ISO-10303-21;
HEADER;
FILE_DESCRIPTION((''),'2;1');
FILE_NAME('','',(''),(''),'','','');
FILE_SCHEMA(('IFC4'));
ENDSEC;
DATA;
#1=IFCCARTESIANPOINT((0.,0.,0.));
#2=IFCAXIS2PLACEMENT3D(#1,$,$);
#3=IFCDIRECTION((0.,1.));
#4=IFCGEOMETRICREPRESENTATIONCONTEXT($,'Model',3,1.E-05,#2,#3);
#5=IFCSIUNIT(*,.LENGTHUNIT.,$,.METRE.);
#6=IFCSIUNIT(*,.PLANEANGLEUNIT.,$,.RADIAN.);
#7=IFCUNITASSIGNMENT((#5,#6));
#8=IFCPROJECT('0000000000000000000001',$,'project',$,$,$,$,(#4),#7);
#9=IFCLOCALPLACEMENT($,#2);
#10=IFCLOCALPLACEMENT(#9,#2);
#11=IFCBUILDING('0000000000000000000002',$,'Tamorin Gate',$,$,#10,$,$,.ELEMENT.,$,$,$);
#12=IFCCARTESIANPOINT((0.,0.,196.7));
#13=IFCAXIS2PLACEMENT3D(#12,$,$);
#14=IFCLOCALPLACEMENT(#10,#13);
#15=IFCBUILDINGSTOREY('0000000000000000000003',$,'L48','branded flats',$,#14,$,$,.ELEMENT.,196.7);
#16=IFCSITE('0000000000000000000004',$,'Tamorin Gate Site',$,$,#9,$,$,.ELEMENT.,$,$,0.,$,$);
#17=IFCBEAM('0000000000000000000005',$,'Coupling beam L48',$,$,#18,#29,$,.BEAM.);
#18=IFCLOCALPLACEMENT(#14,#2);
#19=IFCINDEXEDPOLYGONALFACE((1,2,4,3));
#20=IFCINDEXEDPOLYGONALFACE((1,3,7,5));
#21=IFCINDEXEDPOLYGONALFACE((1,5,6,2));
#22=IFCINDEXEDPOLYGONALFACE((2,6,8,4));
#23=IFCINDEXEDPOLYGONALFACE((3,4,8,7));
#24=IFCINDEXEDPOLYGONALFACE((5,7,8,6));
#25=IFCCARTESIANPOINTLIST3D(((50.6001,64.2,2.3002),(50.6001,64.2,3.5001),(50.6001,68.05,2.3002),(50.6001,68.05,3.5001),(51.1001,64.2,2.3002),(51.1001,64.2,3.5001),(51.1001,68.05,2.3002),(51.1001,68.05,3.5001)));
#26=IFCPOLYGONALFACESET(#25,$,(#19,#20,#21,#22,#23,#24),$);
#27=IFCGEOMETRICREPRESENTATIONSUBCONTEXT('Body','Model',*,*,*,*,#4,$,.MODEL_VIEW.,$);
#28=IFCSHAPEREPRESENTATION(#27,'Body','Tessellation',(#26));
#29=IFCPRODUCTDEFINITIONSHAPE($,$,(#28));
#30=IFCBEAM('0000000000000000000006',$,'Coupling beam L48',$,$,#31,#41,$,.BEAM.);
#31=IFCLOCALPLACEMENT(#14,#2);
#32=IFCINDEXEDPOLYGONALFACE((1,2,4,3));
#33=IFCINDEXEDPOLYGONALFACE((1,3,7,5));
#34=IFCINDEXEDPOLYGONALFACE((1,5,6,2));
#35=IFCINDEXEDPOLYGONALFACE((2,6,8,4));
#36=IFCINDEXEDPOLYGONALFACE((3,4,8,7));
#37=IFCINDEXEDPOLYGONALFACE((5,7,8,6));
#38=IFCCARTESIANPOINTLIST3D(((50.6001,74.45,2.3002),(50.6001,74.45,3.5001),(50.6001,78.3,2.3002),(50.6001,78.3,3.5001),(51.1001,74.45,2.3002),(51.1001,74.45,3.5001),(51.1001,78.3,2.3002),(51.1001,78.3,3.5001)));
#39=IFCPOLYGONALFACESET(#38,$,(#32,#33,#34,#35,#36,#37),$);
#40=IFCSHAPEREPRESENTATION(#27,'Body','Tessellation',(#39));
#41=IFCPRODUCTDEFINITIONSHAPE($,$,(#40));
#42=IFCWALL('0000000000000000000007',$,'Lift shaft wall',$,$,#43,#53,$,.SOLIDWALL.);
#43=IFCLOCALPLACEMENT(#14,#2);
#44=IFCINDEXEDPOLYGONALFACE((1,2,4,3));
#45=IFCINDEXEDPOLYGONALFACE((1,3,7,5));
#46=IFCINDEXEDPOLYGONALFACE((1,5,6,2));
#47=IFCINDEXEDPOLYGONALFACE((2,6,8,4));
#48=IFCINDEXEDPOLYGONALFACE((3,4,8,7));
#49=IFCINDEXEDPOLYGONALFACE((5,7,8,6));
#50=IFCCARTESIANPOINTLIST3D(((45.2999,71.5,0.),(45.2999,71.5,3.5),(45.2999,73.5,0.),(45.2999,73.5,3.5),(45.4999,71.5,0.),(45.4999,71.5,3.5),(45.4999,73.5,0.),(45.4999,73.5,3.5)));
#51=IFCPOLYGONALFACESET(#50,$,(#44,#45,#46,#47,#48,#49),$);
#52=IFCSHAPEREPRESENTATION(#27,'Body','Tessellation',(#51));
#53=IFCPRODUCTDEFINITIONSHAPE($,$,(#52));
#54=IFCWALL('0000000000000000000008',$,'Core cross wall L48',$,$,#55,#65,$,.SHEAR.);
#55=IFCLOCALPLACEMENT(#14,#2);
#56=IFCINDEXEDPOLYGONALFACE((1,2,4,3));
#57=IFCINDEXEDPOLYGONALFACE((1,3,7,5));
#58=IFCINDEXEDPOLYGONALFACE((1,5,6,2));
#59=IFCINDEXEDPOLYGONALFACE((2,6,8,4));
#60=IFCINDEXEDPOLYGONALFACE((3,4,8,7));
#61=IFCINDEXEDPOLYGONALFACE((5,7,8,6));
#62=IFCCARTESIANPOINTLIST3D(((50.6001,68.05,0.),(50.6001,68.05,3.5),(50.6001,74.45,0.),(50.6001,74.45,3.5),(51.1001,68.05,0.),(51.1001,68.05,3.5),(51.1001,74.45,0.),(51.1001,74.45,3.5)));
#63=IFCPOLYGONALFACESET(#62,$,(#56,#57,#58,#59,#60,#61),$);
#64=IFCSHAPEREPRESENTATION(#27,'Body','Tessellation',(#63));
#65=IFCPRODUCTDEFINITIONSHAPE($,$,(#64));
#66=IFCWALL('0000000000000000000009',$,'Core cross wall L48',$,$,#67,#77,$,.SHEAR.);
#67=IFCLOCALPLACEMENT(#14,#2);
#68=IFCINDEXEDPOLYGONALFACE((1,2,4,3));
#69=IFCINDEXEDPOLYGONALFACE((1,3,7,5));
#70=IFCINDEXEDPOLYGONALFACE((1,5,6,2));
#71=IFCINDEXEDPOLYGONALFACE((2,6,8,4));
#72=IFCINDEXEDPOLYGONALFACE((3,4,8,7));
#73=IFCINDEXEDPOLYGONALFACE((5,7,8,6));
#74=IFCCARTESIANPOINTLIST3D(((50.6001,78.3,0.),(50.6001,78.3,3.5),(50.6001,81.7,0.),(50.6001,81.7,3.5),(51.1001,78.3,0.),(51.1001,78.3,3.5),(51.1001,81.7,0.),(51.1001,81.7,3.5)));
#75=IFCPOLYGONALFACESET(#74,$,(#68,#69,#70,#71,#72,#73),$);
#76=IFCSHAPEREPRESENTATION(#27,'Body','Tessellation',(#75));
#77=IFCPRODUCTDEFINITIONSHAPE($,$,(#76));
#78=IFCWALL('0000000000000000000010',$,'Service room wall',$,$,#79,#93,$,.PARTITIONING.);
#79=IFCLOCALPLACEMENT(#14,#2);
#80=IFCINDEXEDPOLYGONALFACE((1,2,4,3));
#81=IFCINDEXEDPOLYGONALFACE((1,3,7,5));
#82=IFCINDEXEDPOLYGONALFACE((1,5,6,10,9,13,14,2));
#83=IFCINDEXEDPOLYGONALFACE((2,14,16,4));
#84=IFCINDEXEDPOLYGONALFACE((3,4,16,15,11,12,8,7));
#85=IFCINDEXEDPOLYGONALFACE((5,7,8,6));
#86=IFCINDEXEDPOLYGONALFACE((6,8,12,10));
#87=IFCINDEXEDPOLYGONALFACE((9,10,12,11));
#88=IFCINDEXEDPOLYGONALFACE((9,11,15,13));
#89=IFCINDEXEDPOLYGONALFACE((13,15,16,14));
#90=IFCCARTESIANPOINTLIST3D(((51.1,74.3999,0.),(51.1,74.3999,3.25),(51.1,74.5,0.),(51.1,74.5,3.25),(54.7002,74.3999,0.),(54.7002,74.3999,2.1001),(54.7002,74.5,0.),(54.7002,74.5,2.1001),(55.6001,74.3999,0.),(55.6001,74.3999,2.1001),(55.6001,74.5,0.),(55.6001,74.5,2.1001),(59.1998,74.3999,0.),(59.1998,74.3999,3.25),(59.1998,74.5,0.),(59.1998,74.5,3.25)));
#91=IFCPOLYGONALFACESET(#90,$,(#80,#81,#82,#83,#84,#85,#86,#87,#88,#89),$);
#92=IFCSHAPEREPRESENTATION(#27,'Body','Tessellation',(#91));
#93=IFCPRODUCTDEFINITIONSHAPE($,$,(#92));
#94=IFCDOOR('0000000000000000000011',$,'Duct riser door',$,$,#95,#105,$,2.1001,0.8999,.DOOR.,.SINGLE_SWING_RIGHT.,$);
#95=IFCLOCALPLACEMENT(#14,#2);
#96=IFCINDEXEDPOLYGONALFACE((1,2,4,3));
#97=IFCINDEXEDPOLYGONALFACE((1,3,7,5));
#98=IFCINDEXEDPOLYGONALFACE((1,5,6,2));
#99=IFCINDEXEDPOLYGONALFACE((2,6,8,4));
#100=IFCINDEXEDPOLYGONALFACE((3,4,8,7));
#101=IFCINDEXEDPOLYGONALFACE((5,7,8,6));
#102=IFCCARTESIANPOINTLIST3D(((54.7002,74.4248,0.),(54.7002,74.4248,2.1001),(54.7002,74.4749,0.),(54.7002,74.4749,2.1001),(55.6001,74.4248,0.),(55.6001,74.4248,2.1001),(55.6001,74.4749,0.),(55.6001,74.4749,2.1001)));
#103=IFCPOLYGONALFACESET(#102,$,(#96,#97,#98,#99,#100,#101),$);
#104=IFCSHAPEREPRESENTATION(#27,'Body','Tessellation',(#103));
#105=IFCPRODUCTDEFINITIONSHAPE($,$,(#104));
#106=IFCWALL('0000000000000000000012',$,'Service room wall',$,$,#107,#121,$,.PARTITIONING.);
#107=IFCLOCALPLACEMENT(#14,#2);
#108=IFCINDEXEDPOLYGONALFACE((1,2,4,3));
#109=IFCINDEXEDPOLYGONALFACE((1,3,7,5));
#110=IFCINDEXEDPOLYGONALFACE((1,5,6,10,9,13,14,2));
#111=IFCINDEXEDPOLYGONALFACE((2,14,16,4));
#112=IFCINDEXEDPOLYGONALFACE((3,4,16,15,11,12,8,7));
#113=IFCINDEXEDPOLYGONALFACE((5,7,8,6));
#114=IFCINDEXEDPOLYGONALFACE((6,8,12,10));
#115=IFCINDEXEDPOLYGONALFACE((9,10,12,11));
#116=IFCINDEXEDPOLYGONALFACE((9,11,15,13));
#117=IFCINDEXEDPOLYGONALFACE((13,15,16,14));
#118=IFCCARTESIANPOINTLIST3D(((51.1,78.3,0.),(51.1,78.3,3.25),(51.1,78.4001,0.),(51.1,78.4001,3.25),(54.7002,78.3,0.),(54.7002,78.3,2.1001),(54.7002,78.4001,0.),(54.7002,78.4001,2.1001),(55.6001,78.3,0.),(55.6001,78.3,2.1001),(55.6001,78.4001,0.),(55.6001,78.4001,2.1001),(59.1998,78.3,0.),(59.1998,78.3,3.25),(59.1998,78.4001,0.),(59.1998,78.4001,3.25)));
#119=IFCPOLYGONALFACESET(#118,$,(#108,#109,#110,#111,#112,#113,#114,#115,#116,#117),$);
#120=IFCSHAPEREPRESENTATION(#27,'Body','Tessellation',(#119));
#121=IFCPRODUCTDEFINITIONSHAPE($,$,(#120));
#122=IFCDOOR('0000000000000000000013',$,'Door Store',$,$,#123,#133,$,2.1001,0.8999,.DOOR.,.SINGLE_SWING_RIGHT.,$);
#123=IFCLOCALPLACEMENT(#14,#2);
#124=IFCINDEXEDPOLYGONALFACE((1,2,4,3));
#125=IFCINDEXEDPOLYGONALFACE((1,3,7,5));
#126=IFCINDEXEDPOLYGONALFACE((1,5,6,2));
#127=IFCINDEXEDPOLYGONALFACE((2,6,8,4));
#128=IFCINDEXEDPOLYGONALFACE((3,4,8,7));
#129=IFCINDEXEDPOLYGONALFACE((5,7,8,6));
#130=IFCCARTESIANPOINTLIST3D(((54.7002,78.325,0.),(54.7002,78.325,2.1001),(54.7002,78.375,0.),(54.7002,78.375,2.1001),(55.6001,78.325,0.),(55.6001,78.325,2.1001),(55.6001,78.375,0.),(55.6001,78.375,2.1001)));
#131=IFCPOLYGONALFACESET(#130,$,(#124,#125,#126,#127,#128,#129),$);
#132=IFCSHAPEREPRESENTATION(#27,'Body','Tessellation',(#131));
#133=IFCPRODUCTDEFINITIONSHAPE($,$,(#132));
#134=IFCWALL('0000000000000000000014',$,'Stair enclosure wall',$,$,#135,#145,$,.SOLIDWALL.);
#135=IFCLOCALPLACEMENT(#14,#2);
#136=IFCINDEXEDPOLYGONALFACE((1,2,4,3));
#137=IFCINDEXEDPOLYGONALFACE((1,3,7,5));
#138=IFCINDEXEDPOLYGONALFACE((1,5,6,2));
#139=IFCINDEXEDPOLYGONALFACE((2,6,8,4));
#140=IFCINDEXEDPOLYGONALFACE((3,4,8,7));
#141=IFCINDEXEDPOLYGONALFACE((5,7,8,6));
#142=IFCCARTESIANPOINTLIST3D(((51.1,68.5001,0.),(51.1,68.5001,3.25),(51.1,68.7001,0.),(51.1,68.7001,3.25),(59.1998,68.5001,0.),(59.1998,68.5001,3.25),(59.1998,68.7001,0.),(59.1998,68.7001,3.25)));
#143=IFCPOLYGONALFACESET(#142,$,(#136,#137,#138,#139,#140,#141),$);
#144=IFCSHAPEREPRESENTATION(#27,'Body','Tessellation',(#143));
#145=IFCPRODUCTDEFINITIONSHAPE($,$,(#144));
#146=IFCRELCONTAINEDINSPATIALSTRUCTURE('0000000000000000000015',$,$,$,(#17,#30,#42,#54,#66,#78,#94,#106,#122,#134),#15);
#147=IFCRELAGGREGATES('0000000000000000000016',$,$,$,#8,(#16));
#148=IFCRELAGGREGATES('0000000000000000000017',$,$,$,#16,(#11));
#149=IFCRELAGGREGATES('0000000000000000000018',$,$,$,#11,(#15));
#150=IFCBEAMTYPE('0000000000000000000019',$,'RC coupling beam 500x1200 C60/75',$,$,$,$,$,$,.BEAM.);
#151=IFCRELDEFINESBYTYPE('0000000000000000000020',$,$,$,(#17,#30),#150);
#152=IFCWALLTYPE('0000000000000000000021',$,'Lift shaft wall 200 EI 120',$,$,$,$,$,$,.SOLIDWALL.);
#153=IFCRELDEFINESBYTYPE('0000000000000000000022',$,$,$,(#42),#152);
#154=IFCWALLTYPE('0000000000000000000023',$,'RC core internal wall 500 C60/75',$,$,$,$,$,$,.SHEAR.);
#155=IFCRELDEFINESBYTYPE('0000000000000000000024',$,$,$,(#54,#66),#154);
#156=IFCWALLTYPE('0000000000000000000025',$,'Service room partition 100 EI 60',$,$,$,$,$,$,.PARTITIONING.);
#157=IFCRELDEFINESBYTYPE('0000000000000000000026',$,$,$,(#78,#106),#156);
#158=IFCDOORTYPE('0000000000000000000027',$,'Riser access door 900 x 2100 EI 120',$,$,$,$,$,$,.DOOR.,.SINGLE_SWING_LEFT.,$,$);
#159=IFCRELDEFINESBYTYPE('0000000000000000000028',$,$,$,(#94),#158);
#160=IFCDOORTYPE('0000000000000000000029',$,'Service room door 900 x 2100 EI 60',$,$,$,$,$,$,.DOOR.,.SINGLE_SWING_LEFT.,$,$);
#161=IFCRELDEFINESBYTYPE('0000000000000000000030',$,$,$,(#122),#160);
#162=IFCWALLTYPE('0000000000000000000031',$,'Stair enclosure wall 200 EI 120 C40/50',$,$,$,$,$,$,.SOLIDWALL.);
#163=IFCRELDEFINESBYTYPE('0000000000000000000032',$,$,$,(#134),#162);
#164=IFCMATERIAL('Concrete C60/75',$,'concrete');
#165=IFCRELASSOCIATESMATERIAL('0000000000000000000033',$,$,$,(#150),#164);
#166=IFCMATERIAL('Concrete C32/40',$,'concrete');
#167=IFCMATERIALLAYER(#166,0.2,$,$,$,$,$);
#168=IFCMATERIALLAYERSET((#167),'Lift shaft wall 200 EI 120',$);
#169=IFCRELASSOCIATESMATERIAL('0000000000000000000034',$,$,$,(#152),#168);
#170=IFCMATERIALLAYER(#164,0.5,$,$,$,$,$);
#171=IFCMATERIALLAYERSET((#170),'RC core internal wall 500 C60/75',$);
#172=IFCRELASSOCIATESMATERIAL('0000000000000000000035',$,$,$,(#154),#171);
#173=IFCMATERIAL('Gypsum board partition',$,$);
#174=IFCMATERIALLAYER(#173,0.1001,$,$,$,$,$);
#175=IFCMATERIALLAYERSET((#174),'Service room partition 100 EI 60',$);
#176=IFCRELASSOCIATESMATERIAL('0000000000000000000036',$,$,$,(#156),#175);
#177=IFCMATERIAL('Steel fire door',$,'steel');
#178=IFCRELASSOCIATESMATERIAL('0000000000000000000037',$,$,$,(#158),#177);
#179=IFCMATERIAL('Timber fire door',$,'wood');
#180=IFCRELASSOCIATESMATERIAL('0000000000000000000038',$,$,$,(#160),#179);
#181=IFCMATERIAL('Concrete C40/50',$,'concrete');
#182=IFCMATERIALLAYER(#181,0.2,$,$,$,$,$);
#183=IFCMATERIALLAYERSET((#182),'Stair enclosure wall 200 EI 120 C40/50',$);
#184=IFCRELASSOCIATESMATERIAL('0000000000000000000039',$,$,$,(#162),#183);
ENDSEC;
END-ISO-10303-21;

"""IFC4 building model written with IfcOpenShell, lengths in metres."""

from ifc_helpers import new_model, si_unit, direction, frame, frame_2d, origin, origin_2d, place, context, subcontext, project, spatial, rectangle, extrude, material, layer, layer_set, material_profile, profile_set, type_object, element, fill, save


model = new_model("IFC4")

# Units and contexts
model_context = context("Model", 3, precision=1e-05, world=origin(), true_north=direction((0.0, 1.0)))
body_context = subcontext(model_context, "Body", "Model", "MODEL_VIEW")
ifc_project = project(units=[si_unit("LENGTHUNIT", "METRE"), si_unit("PLANEANGLEUNIT", "RADIAN")], contexts=[model_context])

# Site, building, storey
site_placement = place(None, origin())
site = spatial("IfcSite", under=ifc_project, at=site_placement, Name="Tamorin Gate Site", CompositionType="ELEMENT", RefElevation=0.0)
building_placement = place(site_placement, origin())
building = spatial("IfcBuilding", under=site, at=building_placement, Name="Tamorin Gate", CompositionType="ELEMENT")
storey_placement = place(building_placement, frame((0.0, 0.0, 196.7)))
storey = spatial("IfcBuildingStorey", under=building, at=storey_placement, Name="L48", Description="branded flats", CompositionType="ELEMENT", Elevation=196.7)

# Beams
ifc_material_1 = material(Name="Concrete C60/75", Category="concrete")
ifc_material_profile = material_profile(ifc_material_1, rectangle(XDim=0.5, YDim=1.2, at=origin_2d()), Name="RC 500x1200")
ifc_profile_set = profile_set([ifc_material_profile], Name="Concrete C60/75")
beam_type = type_object("IfcBeamType", Name="RC coupling beam 500x1200 C60/75", PredefinedType="BEAM", material=ifc_profile_set)
for number, where, z_axis, x_axis, name in (
    (1, (50.8501, 64.2, 2.9001), (0.0, 1.0, 0.0), (-1.0, 0.0, 0.0), "Coupling beam L48"),
    (2, (50.8501, 74.45, 2.9001), (0.0, 1.0, 0.0), (-1.0, 0.0, 0.0), "Coupling beam L48"),
):
    element("IfcBeam", number, at=place(storey_placement, frame(where, z_axis=z_axis, x_axis=x_axis)), inside=storey, type_object=beam_type, Name=name, PredefinedType="BEAM", context=body_context, shape_type="SweptSolid", body=[
        extrude(rectangle(XDim=0.5, YDim=1.2, at=origin_2d()), origin(), (0.0, 0.0, 1.0), 3.8501),
    ])

# Walls
ifc_material_2 = material(Name="Concrete C32/40", Category="concrete")
ifc_layer_1 = layer(ifc_material_2, 0.2)
ifc_layer_set_1 = layer_set([ifc_layer_1], Name="Lift shaft wall 200 EI 120")
wall_type_1 = type_object("IfcWallType", Name="Lift shaft wall 200 EI 120", PredefinedType="SOLIDWALL", material=ifc_layer_set_1)
wall_1_placement = place(storey_placement, frame((45.3999, 71.5, 0.0), z_axis=(0.0, 0.0, 1.0), x_axis=(0.0, 1.0, 0.0)))
element("IfcWall", 3, at=wall_1_placement, inside=storey, type_object=wall_type_1, Name="Lift shaft wall", PredefinedType="SOLIDWALL", context=body_context, shape_type="SweptSolid", body=[
    extrude(rectangle(XDim=2.0, YDim=0.2, at=frame_2d((1.0, 0.0))), origin(), (0.0, 0.0, 1.0), 3.5),
])
ifc_layer_2 = layer(ifc_material_1, 0.5)
ifc_layer_set_2 = layer_set([ifc_layer_2], Name="RC core internal wall 500 C60/75")
wall_type_2 = type_object("IfcWallType", Name="RC core internal wall 500 C60/75", PredefinedType="SHEAR", material=ifc_layer_set_2)
wall_2_placement = place(storey_placement, frame((50.8501, 68.05, 0.0), z_axis=(0.0, 0.0, 1.0), x_axis=(0.0, 1.0, 0.0)))
element("IfcWall", 4, at=wall_2_placement, inside=storey, type_object=wall_type_2, Name="Core cross wall L48", PredefinedType="SHEAR", context=body_context, shape_type="SweptSolid", body=[
    extrude(rectangle(XDim=6.3999, YDim=0.5, at=frame_2d((3.2, 0.0))), origin(), (0.0, 0.0, 1.0), 3.5),
])
wall_3_placement = place(storey_placement, frame((50.8501, 78.3, 0.0), z_axis=(0.0, 0.0, 1.0), x_axis=(0.0, 1.0, 0.0)))
element("IfcWall", 5, at=wall_3_placement, inside=storey, type_object=wall_type_2, Name="Core cross wall L48", PredefinedType="SHEAR", context=body_context, shape_type="SweptSolid", body=[
    extrude(rectangle(XDim=3.3999, YDim=0.5, at=frame_2d((1.7, 0.0))), origin(), (0.0, 0.0, 1.0), 3.5),
])

# Walls, openings, doors
ifc_material_3 = material(Name="Gypsum board partition")
ifc_layer_3 = layer(ifc_material_3, 0.1001)
ifc_layer_set_3 = layer_set([ifc_layer_3], Name="Service room partition 100 EI 60")
wall_type_3 = type_object("IfcWallType", Name="Service room partition 100 EI 60", PredefinedType="PARTITIONING", material=ifc_layer_set_3)
wall_4_placement = place(storey_placement, frame((51.1001, 74.45, 0.0), z_axis=(0.0, 0.0, 1.0), x_axis=(1.0, 0.0, 0.0)))
wall_4 = element("IfcWall", 6, at=wall_4_placement, inside=storey, type_object=wall_type_3, Name="Service room wall", PredefinedType="PARTITIONING", context=body_context, shape_type="SweptSolid", body=[
    extrude(rectangle(XDim=8.0999, YDim=0.1001, at=frame_2d((4.0498, 0.0))), origin(), (0.0, 0.0, 1.0), 3.25),
])
opening_1_placement = place(wall_4_placement, frame((3.6001, 0.0, 0.0)))
opening_1 = element("IfcOpeningElement", 7, at=opening_1_placement, cuts=wall_4, PredefinedType="OPENING", context=body_context, shape_type="SweptSolid", body=[
    extrude(rectangle(XDim=0.8999, YDim=2.1001, at=frame_2d((0.45, 1.05))), frame((0.0, 0.0601, 0.0), z_axis=(0.0, -1.0, 0.0), x_axis=(1.0, 0.0, 0.0)), (0.0, 0.0, 1.0), 0.1201),
])
ifc_material_4 = material(Name="Steel fire door", Category="steel")
door_type_1 = type_object("IfcDoorType", Name="Riser access door 900 x 2100 EI 120", OperationType="SINGLE_SWING_LEFT", PredefinedType="DOOR", material=ifc_material_4)
door_1_placement = place(opening_1_placement, origin())
door_1 = element("IfcDoor", 8, at=door_1_placement, inside=storey, type_object=door_type_1, Name="Duct riser door", OperationType="SINGLE_SWING_RIGHT", OverallHeight=2.1001, OverallWidth=0.8999, PredefinedType="DOOR", context=body_context, shape_type="SweptSolid", body=[
    extrude(rectangle(XDim=0.8999, YDim=2.1001, at=frame_2d((0.45, 1.05))), frame((0.0, 0.0249, 0.0), z_axis=(0.0, -1.0, 0.0), x_axis=(1.0, 0.0, 0.0)), (0.0, 0.0, 1.0), 0.05),
])
fill(opening_1, door_1)
wall_5_placement = place(storey_placement, frame((51.1001, 78.3501, 0.0), z_axis=(0.0, 0.0, 1.0), x_axis=(1.0, 0.0, 0.0)))
wall_5 = element("IfcWall", 9, at=wall_5_placement, inside=storey, type_object=wall_type_3, Name="Service room wall", PredefinedType="PARTITIONING", context=body_context, shape_type="SweptSolid", body=[
    extrude(rectangle(XDim=8.0999, YDim=0.1001, at=frame_2d((4.0498, 0.0))), origin(), (0.0, 0.0, 1.0), 3.25),
])
opening_2_placement = place(wall_5_placement, frame((3.6001, 0.0, 0.0)))
opening_2 = element("IfcOpeningElement", 10, at=opening_2_placement, cuts=wall_5, PredefinedType="OPENING", context=body_context, shape_type="SweptSolid", body=[
    extrude(rectangle(XDim=0.8999, YDim=2.1001, at=frame_2d((0.45, 1.05))), frame((0.0, 0.0601, 0.0), z_axis=(0.0, -1.0, 0.0), x_axis=(1.0, 0.0, 0.0)), (0.0, 0.0, 1.0), 0.1201),
])
ifc_material_5 = material(Name="Timber fire door", Category="wood")
door_type_2 = type_object("IfcDoorType", Name="Service room door 900 x 2100 EI 60", OperationType="SINGLE_SWING_LEFT", PredefinedType="DOOR", material=ifc_material_5)
door_2_placement = place(opening_2_placement, origin())
door_2 = element("IfcDoor", 11, at=door_2_placement, inside=storey, type_object=door_type_2, Name="Door Store", OperationType="SINGLE_SWING_RIGHT", OverallHeight=2.1001, OverallWidth=0.8999, PredefinedType="DOOR", context=body_context, shape_type="SweptSolid", body=[
    extrude(rectangle(XDim=0.8999, YDim=2.1001, at=frame_2d((0.45, 1.05))), frame((0.0, 0.0249, 0.0), z_axis=(0.0, -1.0, 0.0), x_axis=(1.0, 0.0, 0.0)), (0.0, 0.0, 1.0), 0.05),
])
fill(opening_2, door_2)

# Wall
ifc_material_6 = material(Name="Concrete C40/50", Category="concrete")
ifc_layer_4 = layer(ifc_material_6, 0.2)
ifc_layer_set_4 = layer_set([ifc_layer_4], Name="Stair enclosure wall 200 EI 120 C40/50")
wall_type_4 = type_object("IfcWallType", Name="Stair enclosure wall 200 EI 120 C40/50", PredefinedType="SOLIDWALL", material=ifc_layer_set_4)
wall_6_placement = place(storey_placement, frame((51.1001, 68.6001, 0.0), z_axis=(0.0, 0.0, 1.0), x_axis=(1.0, 0.0, 0.0)))
element("IfcWall", 12, at=wall_6_placement, inside=storey, type_object=wall_type_4, Name="Stair enclosure wall", PredefinedType="SOLIDWALL", context=body_context, shape_type="SweptSolid", body=[
    extrude(rectangle(XDim=8.0999, YDim=0.2, at=frame_2d((4.0498, 0.0))), origin(), (0.0, 0.0, 1.0), 3.25),
])

save(model, "model.ifc")
